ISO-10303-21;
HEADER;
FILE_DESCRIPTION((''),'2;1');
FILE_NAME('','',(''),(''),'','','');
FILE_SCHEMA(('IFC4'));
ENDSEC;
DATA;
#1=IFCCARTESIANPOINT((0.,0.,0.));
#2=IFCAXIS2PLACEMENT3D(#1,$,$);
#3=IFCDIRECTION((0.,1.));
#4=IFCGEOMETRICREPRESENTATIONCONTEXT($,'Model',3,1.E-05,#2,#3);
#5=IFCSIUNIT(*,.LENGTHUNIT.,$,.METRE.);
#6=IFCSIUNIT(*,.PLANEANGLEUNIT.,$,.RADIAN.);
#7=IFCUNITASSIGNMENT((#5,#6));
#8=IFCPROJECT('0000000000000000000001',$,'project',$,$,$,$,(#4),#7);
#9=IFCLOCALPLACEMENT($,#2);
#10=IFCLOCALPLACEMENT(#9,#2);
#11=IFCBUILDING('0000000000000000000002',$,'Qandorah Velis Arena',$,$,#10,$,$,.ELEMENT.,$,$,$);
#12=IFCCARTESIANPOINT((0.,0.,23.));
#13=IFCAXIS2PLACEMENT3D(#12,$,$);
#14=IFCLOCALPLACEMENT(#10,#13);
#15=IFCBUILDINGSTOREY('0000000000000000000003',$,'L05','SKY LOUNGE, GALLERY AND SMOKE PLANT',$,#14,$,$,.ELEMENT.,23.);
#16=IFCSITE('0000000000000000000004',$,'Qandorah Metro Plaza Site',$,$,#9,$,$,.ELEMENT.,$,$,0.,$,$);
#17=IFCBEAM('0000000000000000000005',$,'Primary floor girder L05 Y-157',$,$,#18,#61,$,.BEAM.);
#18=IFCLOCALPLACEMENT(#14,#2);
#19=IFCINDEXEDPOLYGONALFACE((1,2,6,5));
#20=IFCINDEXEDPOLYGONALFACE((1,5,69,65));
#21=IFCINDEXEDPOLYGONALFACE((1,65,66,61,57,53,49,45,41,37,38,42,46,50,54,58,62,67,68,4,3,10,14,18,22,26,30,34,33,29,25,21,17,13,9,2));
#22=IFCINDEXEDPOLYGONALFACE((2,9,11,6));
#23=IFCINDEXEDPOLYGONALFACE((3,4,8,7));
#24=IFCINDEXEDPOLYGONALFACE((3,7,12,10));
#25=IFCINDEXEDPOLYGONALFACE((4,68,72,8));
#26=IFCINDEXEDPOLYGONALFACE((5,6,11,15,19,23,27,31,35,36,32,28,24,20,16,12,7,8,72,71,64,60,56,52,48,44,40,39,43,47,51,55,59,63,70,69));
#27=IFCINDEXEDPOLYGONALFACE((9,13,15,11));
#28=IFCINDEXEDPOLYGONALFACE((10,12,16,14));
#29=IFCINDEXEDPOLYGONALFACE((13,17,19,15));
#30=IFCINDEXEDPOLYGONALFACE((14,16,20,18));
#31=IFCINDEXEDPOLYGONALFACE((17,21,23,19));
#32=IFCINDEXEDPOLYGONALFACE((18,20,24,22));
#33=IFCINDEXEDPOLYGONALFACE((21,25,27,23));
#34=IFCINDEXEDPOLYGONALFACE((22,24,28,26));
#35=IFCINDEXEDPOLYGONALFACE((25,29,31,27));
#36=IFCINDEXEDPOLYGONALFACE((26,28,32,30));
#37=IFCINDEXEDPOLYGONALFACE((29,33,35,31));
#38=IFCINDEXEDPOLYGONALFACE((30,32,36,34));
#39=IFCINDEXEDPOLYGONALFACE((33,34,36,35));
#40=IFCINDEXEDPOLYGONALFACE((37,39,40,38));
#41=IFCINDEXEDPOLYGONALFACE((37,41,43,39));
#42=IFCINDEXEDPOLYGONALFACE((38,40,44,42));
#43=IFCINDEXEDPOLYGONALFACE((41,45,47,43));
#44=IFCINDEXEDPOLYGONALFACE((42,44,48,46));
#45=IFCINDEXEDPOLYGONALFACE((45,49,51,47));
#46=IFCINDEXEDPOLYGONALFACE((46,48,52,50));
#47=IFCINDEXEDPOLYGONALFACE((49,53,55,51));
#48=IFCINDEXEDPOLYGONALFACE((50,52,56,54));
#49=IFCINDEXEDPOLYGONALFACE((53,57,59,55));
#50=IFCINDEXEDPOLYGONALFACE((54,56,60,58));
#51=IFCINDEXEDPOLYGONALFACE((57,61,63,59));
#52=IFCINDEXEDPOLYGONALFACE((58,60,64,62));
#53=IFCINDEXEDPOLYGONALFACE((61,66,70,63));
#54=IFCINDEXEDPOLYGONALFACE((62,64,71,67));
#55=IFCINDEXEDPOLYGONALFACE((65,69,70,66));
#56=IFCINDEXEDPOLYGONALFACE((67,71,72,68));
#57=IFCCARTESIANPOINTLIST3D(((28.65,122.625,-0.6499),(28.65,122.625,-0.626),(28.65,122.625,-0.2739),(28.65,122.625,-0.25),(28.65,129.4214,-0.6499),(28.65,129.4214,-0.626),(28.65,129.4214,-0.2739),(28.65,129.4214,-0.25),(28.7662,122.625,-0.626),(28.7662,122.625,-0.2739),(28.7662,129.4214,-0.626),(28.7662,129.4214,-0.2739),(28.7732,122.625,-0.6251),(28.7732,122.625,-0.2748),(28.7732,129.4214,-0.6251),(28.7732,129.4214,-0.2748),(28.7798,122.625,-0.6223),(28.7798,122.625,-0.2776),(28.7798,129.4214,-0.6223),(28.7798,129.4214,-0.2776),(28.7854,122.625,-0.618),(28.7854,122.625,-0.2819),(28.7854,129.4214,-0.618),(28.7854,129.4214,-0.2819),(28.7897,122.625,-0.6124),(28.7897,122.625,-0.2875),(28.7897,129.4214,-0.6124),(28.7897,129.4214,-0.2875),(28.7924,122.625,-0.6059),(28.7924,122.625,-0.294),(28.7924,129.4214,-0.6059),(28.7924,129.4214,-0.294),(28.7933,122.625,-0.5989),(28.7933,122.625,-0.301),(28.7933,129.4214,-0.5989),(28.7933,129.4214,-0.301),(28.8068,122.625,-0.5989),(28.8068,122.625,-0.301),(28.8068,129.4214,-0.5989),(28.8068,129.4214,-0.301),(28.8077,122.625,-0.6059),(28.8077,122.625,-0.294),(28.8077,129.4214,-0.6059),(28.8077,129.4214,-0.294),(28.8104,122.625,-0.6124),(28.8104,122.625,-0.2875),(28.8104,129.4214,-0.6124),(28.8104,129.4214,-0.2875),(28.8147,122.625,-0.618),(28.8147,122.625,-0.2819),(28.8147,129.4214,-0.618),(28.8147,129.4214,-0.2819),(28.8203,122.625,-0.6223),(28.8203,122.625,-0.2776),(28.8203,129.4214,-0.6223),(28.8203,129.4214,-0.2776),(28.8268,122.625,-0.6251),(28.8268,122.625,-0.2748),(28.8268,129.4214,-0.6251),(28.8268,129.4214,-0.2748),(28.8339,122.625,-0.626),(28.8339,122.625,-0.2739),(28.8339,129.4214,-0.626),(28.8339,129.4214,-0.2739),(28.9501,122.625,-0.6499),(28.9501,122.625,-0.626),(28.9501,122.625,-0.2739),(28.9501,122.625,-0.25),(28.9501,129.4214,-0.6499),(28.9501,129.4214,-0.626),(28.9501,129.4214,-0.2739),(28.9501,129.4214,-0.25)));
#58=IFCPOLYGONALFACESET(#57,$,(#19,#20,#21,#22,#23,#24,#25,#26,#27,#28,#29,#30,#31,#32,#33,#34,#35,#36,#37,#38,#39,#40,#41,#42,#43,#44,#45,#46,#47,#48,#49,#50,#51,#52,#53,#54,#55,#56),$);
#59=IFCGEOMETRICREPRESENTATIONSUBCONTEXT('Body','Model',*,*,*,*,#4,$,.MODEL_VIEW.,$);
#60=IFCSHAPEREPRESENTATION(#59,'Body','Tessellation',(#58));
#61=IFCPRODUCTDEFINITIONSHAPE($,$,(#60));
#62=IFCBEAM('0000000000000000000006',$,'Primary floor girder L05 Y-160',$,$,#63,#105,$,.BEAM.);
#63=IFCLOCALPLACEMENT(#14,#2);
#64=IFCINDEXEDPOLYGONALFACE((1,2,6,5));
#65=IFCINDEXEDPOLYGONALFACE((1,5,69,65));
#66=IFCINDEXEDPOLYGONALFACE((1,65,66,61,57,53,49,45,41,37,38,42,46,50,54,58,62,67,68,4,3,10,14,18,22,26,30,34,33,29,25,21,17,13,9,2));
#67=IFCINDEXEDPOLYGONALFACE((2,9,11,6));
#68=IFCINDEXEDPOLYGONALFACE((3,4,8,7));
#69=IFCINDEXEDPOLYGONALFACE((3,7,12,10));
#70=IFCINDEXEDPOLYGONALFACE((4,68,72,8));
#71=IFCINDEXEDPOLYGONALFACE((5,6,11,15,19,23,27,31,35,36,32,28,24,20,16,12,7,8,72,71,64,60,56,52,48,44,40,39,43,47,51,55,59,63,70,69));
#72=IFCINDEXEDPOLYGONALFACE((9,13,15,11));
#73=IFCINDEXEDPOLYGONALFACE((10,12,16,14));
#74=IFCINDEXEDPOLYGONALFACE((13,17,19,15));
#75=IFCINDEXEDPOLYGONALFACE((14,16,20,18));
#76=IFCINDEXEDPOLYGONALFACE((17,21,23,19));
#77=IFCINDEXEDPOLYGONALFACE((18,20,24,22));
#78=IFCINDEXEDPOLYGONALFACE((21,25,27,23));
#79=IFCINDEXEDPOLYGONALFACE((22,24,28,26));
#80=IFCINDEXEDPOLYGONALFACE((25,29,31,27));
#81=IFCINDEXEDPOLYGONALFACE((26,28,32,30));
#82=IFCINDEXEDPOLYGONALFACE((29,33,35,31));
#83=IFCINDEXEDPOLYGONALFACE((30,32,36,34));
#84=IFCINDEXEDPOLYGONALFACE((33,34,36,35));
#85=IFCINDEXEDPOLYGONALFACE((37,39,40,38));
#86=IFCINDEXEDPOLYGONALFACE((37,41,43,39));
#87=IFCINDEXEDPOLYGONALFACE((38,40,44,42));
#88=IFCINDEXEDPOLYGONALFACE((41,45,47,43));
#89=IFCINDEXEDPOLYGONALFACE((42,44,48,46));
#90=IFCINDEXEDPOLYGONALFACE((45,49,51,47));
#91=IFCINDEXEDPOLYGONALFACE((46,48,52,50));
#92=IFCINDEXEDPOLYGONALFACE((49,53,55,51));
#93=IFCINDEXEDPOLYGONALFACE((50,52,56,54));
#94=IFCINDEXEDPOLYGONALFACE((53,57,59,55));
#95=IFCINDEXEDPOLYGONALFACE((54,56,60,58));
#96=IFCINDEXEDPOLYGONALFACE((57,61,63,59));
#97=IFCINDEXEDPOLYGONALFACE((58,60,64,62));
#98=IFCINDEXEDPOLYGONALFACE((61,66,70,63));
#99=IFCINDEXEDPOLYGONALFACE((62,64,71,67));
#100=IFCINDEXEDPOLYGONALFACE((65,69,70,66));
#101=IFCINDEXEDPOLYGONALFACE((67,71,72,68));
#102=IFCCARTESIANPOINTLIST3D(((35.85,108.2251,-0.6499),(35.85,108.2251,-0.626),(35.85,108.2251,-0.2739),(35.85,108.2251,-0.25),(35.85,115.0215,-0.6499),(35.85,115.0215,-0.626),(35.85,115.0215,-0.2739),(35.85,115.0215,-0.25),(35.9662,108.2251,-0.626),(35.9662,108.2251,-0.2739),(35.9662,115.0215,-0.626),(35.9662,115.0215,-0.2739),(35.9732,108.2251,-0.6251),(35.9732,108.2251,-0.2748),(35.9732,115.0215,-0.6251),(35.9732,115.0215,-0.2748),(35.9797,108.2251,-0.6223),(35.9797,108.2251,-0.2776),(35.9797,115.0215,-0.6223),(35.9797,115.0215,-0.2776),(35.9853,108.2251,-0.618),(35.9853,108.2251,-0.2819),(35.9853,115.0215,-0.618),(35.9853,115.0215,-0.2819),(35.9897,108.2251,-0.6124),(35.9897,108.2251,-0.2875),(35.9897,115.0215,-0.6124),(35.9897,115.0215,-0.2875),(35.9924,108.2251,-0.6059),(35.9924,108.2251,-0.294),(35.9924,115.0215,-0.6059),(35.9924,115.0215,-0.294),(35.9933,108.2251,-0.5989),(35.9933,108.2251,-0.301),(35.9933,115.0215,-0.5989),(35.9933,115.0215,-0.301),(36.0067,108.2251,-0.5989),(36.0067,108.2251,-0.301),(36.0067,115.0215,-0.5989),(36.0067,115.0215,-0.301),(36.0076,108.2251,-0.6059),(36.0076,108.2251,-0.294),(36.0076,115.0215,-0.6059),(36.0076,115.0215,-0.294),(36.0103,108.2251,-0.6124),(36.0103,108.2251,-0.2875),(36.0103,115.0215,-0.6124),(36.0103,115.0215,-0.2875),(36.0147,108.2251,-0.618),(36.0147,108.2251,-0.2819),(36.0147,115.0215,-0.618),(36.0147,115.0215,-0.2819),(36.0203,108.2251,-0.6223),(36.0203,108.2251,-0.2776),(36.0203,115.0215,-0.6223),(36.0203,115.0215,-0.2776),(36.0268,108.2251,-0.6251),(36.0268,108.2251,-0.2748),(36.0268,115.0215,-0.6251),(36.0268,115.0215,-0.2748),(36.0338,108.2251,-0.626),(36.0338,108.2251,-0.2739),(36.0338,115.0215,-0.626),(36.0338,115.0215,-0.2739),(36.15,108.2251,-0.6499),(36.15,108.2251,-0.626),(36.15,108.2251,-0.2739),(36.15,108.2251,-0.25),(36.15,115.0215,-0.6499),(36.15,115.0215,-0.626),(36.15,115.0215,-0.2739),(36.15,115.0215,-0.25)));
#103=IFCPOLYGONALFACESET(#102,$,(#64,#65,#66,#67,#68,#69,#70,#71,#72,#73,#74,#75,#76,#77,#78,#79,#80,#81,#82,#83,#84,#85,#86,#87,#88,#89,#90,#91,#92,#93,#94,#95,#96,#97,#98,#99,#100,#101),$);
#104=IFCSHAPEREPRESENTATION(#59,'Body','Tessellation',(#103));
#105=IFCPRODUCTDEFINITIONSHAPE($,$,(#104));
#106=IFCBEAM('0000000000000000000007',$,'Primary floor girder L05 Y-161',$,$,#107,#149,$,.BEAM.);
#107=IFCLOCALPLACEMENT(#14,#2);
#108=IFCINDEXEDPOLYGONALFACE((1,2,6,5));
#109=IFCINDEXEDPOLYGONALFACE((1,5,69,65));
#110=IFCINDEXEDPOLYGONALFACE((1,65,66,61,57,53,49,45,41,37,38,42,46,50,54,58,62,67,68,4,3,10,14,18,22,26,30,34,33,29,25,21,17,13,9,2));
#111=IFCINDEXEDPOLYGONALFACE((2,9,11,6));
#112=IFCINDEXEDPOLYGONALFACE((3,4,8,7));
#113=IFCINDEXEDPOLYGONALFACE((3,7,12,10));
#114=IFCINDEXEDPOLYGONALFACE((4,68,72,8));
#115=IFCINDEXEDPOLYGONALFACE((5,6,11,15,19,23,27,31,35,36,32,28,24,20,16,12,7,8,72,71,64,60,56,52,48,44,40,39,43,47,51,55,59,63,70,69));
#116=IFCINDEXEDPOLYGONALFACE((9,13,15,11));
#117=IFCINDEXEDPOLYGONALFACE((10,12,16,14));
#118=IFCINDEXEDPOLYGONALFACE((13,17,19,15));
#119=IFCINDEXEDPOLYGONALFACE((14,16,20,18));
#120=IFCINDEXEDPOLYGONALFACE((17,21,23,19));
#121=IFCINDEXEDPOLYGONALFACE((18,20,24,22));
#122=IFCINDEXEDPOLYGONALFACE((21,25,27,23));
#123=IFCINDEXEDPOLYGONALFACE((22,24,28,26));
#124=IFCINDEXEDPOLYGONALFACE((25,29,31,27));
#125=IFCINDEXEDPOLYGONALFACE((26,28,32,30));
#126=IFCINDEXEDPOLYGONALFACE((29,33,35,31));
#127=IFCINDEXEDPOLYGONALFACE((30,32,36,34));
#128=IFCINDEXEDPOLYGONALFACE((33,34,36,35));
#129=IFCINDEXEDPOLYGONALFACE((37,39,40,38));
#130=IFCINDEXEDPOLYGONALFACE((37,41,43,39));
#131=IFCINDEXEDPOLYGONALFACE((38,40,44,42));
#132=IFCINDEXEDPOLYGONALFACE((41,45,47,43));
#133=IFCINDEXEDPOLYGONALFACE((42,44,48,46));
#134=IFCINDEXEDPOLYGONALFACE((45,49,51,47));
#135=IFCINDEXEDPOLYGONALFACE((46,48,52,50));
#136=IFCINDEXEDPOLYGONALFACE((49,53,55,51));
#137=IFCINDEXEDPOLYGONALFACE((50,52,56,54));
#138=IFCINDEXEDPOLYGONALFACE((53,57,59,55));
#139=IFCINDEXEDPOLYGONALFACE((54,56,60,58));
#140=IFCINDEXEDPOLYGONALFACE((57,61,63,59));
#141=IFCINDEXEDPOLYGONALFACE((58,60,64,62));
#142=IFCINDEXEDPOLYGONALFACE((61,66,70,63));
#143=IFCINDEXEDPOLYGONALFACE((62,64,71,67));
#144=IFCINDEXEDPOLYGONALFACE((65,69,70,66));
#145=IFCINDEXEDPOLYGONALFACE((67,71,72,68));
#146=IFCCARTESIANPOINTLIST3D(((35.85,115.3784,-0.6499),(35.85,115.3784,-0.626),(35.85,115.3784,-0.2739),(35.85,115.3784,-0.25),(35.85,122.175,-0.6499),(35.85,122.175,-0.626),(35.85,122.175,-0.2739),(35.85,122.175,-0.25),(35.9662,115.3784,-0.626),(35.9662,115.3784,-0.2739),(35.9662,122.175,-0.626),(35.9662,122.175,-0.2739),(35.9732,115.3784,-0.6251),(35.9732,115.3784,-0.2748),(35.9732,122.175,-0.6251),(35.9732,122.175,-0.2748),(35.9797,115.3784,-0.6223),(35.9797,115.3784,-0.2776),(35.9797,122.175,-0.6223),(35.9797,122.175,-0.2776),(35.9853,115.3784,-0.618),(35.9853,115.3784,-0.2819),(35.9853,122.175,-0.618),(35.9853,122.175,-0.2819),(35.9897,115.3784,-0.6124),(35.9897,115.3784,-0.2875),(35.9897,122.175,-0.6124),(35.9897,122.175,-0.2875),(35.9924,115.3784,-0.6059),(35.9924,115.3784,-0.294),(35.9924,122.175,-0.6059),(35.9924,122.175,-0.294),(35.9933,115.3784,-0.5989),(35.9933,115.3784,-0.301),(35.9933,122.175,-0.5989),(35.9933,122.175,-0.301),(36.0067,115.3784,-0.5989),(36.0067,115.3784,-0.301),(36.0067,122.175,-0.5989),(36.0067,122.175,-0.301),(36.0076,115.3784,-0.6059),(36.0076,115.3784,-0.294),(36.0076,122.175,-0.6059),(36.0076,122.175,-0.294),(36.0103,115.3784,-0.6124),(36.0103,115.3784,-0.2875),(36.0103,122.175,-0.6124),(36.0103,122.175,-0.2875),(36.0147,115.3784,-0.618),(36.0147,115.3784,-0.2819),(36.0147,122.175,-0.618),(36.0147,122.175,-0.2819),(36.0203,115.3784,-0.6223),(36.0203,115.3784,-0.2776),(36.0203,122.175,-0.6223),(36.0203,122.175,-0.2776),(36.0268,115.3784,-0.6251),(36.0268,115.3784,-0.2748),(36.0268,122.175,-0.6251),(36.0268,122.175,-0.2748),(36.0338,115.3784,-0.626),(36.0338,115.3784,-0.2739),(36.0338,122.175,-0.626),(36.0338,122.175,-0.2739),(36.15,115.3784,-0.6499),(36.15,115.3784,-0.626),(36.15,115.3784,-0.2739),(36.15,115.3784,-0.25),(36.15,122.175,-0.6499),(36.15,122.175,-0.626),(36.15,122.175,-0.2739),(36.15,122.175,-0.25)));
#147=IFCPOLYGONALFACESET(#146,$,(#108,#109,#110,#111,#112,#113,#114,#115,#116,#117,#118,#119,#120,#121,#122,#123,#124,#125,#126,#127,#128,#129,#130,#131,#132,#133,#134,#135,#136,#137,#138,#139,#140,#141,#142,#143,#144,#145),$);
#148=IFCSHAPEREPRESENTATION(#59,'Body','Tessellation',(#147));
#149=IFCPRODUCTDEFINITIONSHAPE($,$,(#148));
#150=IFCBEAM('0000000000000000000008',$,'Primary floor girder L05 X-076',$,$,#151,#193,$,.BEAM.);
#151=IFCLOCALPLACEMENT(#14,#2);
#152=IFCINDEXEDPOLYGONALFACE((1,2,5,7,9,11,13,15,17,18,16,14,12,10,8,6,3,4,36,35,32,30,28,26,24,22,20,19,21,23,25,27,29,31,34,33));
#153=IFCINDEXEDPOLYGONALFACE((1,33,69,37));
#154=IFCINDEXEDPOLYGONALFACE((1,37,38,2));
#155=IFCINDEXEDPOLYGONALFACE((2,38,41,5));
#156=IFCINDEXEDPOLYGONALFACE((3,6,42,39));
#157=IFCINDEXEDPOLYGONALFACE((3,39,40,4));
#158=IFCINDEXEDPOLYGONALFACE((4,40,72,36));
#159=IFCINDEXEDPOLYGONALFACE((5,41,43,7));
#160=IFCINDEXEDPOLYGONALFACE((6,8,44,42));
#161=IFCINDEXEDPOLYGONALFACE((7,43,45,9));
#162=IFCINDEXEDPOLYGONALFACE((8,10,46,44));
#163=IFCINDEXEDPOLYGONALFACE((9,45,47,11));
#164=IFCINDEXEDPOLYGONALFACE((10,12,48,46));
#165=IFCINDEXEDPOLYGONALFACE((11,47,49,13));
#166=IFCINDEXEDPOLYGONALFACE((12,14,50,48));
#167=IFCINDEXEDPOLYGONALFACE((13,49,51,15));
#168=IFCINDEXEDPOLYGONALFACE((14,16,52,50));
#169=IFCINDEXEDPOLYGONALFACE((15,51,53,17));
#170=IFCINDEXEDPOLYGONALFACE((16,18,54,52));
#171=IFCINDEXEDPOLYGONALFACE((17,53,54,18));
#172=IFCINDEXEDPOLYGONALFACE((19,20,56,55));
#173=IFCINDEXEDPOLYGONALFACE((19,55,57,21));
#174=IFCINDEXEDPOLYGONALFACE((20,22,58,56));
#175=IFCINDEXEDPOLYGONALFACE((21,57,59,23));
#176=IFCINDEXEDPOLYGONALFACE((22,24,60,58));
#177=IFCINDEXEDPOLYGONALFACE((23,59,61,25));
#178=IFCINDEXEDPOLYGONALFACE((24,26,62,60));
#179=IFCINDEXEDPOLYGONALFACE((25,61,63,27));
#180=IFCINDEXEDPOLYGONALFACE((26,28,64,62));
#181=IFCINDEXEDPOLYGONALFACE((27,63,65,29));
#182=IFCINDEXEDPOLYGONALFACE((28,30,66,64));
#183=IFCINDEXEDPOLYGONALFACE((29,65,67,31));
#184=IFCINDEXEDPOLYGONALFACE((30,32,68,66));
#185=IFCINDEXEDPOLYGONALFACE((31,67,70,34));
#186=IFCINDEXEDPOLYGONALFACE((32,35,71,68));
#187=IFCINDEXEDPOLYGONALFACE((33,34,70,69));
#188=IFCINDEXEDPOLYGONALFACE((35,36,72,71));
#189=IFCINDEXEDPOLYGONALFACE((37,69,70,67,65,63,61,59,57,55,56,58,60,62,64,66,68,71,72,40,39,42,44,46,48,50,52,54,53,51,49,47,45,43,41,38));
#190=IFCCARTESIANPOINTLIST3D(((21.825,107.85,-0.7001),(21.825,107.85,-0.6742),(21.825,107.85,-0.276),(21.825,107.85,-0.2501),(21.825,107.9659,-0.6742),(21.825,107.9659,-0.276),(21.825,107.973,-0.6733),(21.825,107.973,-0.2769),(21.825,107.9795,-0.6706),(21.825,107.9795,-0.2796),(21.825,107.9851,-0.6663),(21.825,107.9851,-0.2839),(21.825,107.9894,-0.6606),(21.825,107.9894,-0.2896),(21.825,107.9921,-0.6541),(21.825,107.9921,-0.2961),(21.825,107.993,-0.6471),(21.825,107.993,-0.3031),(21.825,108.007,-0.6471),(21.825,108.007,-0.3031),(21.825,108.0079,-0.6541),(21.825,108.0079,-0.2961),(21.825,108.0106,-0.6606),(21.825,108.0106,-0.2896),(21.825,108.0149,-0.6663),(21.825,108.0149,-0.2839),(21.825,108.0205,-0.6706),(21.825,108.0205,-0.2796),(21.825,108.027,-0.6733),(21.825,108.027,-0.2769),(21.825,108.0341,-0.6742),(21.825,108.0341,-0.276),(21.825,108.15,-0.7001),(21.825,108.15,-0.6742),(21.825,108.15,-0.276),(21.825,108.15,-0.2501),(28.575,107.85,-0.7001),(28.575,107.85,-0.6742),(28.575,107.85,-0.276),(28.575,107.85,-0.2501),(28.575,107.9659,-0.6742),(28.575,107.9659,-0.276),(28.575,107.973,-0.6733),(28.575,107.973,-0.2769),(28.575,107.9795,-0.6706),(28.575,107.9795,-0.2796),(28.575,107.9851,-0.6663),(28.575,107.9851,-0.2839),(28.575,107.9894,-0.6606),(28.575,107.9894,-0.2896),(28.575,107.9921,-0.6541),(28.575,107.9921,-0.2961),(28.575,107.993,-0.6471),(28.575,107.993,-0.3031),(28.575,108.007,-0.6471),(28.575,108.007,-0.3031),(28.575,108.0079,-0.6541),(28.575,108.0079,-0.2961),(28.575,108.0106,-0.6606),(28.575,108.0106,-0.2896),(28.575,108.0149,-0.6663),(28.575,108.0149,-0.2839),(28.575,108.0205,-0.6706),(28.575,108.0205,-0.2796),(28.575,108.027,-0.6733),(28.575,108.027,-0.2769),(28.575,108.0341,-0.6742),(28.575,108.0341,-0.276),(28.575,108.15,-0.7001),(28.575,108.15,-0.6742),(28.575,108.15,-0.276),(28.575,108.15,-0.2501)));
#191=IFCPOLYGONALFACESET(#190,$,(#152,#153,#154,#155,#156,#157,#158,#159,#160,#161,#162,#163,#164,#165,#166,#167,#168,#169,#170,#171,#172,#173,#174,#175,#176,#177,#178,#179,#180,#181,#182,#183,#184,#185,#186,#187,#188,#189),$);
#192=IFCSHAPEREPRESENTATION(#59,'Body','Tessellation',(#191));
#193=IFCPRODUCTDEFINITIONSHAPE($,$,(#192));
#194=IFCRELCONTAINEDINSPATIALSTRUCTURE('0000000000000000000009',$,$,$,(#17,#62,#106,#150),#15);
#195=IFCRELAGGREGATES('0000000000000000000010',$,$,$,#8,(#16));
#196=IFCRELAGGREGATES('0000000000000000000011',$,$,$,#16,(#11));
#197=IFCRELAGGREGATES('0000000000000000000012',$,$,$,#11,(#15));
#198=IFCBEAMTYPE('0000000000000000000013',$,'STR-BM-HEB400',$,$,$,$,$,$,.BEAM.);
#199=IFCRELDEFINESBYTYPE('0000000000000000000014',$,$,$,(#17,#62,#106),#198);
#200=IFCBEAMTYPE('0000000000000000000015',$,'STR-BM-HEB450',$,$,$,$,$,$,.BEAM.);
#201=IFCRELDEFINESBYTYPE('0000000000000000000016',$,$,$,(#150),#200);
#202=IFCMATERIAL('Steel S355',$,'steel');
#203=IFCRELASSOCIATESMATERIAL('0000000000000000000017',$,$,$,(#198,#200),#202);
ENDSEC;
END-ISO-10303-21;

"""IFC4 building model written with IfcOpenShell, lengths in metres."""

from ifc_helpers import new_model, si_unit, direction, frame, origin, origin_2d, place, context, subcontext, project, spatial, i_section, extrude, material, material_profile, profile_set, type_object, element, save


model = new_model("IFC4")

# Units and contexts
model_context = context("Model", 3, precision=1e-05, world=origin(), true_north=direction((0.0, 1.0)))
body_context = subcontext(model_context, "Body", "Model", "MODEL_VIEW")
ifc_project = project(units=[si_unit("LENGTHUNIT", "METRE"), si_unit("PLANEANGLEUNIT", "RADIAN")], contexts=[model_context])

# Site, building, storey
site_placement = place(None, origin())
site = spatial("IfcSite", under=ifc_project, at=site_placement, Name="Qandorah Metro Plaza Site", CompositionType="ELEMENT", RefElevation=0.0)
building_placement = place(site_placement, origin())
building = spatial("IfcBuilding", under=site, at=building_placement, Name="Qandorah Velis Arena", CompositionType="ELEMENT")
storey_placement = place(building_placement, frame((0.0, 0.0, 23.0)))
storey = spatial("IfcBuildingStorey", under=building, at=storey_placement, Name="L05", Description="SKY LOUNGE, GALLERY AND SMOKE PLANT", CompositionType="ELEMENT", Elevation=23.0)

# Beams
ifc_material_1 = material(Name="Steel S355", Category="steel")
ifc_material_profile_1 = material_profile(ifc_material_1, i_section(OverallWidth=0.3, OverallDepth=0.3999, WebThickness=0.0134, FlangeThickness=0.0239, FilletRadius=0.0271, at=origin_2d()), Name="HEB 400")
ifc_profile_set_1 = profile_set([ifc_material_profile_1], Name="Steel S355")
beam_type_1 = type_object("IfcBeamType", Name="STR-BM-HEB400", PredefinedType="BEAM", material=ifc_profile_set_1)
for number, where, z_axis, x_axis, name in (
    (1, (28.8, 122.625, -0.45), (0.0, 1.0, 0.0), (-1.0, 0.0, 0.0), "Primary floor girder L05 Y-157"),
    (2, (36.0, 108.2251, -0.45), (0.0, 1.0, 0.0), (-1.0, 0.0, 0.0), "Primary floor girder L05 Y-160"),
):
    element("IfcBeam", number, at=place(storey_placement, frame(where, z_axis=z_axis, x_axis=x_axis)), inside=storey, type_object=beam_type_1, Name=name, PredefinedType="BEAM", context=body_context, shape_type="SweptSolid", body=[
        extrude(i_section(OverallWidth=0.3, OverallDepth=0.3999, WebThickness=0.0134, FlangeThickness=0.0239, FilletRadius=0.0271, at=origin_2d()), origin(), (0.0, 0.0, 1.0), 6.7964),
    ])
beam_1_placement = place(storey_placement, frame((36.0, 115.3784, -0.45), z_axis=(0.0, 1.0, 0.0), x_axis=(-1.0, 0.0, 0.0)))
element("IfcBeam", 3, at=beam_1_placement, inside=storey, type_object=beam_type_1, Name="Primary floor girder L05 Y-161", PredefinedType="BEAM", context=body_context, shape_type="SweptSolid", body=[
    extrude(i_section(OverallWidth=0.3, OverallDepth=0.3999, WebThickness=0.0134, FlangeThickness=0.0239, FilletRadius=0.0271, at=origin_2d()), origin(), (0.0, 0.0, 1.0), 6.7966),
])
ifc_material_profile_2 = material_profile(ifc_material_1, i_section(OverallWidth=0.3, OverallDepth=0.45, WebThickness=0.0139, FlangeThickness=0.0259, FilletRadius=0.0271, at=origin_2d()), Name="HEB 450")
ifc_profile_set_2 = profile_set([ifc_material_profile_2], Name="Steel S355")
beam_type_2 = type_object("IfcBeamType", Name="STR-BM-HEB450", PredefinedType="BEAM", material=ifc_profile_set_2)
for number, where, z_axis, x_axis, name in (
    (4, (21.825, 108.0, -0.4751), (1.0, 0.0, 0.0), (0.0, 1.0, 0.0), "Primary floor girder L05 X-076"),
):
    element("IfcBeam", number, at=place(storey_placement, frame(where, z_axis=z_axis, x_axis=x_axis)), inside=storey, type_object=beam_type_2, Name=name, PredefinedType="BEAM", context=body_context, shape_type="SweptSolid", body=[
        extrude(i_section(OverallWidth=0.3, OverallDepth=0.45, WebThickness=0.0139, FlangeThickness=0.0259, FilletRadius=0.0271, at=origin_2d()), origin(), (0.0, 0.0, 1.0), 6.75),
    ])

save(model, "model.ifc")
